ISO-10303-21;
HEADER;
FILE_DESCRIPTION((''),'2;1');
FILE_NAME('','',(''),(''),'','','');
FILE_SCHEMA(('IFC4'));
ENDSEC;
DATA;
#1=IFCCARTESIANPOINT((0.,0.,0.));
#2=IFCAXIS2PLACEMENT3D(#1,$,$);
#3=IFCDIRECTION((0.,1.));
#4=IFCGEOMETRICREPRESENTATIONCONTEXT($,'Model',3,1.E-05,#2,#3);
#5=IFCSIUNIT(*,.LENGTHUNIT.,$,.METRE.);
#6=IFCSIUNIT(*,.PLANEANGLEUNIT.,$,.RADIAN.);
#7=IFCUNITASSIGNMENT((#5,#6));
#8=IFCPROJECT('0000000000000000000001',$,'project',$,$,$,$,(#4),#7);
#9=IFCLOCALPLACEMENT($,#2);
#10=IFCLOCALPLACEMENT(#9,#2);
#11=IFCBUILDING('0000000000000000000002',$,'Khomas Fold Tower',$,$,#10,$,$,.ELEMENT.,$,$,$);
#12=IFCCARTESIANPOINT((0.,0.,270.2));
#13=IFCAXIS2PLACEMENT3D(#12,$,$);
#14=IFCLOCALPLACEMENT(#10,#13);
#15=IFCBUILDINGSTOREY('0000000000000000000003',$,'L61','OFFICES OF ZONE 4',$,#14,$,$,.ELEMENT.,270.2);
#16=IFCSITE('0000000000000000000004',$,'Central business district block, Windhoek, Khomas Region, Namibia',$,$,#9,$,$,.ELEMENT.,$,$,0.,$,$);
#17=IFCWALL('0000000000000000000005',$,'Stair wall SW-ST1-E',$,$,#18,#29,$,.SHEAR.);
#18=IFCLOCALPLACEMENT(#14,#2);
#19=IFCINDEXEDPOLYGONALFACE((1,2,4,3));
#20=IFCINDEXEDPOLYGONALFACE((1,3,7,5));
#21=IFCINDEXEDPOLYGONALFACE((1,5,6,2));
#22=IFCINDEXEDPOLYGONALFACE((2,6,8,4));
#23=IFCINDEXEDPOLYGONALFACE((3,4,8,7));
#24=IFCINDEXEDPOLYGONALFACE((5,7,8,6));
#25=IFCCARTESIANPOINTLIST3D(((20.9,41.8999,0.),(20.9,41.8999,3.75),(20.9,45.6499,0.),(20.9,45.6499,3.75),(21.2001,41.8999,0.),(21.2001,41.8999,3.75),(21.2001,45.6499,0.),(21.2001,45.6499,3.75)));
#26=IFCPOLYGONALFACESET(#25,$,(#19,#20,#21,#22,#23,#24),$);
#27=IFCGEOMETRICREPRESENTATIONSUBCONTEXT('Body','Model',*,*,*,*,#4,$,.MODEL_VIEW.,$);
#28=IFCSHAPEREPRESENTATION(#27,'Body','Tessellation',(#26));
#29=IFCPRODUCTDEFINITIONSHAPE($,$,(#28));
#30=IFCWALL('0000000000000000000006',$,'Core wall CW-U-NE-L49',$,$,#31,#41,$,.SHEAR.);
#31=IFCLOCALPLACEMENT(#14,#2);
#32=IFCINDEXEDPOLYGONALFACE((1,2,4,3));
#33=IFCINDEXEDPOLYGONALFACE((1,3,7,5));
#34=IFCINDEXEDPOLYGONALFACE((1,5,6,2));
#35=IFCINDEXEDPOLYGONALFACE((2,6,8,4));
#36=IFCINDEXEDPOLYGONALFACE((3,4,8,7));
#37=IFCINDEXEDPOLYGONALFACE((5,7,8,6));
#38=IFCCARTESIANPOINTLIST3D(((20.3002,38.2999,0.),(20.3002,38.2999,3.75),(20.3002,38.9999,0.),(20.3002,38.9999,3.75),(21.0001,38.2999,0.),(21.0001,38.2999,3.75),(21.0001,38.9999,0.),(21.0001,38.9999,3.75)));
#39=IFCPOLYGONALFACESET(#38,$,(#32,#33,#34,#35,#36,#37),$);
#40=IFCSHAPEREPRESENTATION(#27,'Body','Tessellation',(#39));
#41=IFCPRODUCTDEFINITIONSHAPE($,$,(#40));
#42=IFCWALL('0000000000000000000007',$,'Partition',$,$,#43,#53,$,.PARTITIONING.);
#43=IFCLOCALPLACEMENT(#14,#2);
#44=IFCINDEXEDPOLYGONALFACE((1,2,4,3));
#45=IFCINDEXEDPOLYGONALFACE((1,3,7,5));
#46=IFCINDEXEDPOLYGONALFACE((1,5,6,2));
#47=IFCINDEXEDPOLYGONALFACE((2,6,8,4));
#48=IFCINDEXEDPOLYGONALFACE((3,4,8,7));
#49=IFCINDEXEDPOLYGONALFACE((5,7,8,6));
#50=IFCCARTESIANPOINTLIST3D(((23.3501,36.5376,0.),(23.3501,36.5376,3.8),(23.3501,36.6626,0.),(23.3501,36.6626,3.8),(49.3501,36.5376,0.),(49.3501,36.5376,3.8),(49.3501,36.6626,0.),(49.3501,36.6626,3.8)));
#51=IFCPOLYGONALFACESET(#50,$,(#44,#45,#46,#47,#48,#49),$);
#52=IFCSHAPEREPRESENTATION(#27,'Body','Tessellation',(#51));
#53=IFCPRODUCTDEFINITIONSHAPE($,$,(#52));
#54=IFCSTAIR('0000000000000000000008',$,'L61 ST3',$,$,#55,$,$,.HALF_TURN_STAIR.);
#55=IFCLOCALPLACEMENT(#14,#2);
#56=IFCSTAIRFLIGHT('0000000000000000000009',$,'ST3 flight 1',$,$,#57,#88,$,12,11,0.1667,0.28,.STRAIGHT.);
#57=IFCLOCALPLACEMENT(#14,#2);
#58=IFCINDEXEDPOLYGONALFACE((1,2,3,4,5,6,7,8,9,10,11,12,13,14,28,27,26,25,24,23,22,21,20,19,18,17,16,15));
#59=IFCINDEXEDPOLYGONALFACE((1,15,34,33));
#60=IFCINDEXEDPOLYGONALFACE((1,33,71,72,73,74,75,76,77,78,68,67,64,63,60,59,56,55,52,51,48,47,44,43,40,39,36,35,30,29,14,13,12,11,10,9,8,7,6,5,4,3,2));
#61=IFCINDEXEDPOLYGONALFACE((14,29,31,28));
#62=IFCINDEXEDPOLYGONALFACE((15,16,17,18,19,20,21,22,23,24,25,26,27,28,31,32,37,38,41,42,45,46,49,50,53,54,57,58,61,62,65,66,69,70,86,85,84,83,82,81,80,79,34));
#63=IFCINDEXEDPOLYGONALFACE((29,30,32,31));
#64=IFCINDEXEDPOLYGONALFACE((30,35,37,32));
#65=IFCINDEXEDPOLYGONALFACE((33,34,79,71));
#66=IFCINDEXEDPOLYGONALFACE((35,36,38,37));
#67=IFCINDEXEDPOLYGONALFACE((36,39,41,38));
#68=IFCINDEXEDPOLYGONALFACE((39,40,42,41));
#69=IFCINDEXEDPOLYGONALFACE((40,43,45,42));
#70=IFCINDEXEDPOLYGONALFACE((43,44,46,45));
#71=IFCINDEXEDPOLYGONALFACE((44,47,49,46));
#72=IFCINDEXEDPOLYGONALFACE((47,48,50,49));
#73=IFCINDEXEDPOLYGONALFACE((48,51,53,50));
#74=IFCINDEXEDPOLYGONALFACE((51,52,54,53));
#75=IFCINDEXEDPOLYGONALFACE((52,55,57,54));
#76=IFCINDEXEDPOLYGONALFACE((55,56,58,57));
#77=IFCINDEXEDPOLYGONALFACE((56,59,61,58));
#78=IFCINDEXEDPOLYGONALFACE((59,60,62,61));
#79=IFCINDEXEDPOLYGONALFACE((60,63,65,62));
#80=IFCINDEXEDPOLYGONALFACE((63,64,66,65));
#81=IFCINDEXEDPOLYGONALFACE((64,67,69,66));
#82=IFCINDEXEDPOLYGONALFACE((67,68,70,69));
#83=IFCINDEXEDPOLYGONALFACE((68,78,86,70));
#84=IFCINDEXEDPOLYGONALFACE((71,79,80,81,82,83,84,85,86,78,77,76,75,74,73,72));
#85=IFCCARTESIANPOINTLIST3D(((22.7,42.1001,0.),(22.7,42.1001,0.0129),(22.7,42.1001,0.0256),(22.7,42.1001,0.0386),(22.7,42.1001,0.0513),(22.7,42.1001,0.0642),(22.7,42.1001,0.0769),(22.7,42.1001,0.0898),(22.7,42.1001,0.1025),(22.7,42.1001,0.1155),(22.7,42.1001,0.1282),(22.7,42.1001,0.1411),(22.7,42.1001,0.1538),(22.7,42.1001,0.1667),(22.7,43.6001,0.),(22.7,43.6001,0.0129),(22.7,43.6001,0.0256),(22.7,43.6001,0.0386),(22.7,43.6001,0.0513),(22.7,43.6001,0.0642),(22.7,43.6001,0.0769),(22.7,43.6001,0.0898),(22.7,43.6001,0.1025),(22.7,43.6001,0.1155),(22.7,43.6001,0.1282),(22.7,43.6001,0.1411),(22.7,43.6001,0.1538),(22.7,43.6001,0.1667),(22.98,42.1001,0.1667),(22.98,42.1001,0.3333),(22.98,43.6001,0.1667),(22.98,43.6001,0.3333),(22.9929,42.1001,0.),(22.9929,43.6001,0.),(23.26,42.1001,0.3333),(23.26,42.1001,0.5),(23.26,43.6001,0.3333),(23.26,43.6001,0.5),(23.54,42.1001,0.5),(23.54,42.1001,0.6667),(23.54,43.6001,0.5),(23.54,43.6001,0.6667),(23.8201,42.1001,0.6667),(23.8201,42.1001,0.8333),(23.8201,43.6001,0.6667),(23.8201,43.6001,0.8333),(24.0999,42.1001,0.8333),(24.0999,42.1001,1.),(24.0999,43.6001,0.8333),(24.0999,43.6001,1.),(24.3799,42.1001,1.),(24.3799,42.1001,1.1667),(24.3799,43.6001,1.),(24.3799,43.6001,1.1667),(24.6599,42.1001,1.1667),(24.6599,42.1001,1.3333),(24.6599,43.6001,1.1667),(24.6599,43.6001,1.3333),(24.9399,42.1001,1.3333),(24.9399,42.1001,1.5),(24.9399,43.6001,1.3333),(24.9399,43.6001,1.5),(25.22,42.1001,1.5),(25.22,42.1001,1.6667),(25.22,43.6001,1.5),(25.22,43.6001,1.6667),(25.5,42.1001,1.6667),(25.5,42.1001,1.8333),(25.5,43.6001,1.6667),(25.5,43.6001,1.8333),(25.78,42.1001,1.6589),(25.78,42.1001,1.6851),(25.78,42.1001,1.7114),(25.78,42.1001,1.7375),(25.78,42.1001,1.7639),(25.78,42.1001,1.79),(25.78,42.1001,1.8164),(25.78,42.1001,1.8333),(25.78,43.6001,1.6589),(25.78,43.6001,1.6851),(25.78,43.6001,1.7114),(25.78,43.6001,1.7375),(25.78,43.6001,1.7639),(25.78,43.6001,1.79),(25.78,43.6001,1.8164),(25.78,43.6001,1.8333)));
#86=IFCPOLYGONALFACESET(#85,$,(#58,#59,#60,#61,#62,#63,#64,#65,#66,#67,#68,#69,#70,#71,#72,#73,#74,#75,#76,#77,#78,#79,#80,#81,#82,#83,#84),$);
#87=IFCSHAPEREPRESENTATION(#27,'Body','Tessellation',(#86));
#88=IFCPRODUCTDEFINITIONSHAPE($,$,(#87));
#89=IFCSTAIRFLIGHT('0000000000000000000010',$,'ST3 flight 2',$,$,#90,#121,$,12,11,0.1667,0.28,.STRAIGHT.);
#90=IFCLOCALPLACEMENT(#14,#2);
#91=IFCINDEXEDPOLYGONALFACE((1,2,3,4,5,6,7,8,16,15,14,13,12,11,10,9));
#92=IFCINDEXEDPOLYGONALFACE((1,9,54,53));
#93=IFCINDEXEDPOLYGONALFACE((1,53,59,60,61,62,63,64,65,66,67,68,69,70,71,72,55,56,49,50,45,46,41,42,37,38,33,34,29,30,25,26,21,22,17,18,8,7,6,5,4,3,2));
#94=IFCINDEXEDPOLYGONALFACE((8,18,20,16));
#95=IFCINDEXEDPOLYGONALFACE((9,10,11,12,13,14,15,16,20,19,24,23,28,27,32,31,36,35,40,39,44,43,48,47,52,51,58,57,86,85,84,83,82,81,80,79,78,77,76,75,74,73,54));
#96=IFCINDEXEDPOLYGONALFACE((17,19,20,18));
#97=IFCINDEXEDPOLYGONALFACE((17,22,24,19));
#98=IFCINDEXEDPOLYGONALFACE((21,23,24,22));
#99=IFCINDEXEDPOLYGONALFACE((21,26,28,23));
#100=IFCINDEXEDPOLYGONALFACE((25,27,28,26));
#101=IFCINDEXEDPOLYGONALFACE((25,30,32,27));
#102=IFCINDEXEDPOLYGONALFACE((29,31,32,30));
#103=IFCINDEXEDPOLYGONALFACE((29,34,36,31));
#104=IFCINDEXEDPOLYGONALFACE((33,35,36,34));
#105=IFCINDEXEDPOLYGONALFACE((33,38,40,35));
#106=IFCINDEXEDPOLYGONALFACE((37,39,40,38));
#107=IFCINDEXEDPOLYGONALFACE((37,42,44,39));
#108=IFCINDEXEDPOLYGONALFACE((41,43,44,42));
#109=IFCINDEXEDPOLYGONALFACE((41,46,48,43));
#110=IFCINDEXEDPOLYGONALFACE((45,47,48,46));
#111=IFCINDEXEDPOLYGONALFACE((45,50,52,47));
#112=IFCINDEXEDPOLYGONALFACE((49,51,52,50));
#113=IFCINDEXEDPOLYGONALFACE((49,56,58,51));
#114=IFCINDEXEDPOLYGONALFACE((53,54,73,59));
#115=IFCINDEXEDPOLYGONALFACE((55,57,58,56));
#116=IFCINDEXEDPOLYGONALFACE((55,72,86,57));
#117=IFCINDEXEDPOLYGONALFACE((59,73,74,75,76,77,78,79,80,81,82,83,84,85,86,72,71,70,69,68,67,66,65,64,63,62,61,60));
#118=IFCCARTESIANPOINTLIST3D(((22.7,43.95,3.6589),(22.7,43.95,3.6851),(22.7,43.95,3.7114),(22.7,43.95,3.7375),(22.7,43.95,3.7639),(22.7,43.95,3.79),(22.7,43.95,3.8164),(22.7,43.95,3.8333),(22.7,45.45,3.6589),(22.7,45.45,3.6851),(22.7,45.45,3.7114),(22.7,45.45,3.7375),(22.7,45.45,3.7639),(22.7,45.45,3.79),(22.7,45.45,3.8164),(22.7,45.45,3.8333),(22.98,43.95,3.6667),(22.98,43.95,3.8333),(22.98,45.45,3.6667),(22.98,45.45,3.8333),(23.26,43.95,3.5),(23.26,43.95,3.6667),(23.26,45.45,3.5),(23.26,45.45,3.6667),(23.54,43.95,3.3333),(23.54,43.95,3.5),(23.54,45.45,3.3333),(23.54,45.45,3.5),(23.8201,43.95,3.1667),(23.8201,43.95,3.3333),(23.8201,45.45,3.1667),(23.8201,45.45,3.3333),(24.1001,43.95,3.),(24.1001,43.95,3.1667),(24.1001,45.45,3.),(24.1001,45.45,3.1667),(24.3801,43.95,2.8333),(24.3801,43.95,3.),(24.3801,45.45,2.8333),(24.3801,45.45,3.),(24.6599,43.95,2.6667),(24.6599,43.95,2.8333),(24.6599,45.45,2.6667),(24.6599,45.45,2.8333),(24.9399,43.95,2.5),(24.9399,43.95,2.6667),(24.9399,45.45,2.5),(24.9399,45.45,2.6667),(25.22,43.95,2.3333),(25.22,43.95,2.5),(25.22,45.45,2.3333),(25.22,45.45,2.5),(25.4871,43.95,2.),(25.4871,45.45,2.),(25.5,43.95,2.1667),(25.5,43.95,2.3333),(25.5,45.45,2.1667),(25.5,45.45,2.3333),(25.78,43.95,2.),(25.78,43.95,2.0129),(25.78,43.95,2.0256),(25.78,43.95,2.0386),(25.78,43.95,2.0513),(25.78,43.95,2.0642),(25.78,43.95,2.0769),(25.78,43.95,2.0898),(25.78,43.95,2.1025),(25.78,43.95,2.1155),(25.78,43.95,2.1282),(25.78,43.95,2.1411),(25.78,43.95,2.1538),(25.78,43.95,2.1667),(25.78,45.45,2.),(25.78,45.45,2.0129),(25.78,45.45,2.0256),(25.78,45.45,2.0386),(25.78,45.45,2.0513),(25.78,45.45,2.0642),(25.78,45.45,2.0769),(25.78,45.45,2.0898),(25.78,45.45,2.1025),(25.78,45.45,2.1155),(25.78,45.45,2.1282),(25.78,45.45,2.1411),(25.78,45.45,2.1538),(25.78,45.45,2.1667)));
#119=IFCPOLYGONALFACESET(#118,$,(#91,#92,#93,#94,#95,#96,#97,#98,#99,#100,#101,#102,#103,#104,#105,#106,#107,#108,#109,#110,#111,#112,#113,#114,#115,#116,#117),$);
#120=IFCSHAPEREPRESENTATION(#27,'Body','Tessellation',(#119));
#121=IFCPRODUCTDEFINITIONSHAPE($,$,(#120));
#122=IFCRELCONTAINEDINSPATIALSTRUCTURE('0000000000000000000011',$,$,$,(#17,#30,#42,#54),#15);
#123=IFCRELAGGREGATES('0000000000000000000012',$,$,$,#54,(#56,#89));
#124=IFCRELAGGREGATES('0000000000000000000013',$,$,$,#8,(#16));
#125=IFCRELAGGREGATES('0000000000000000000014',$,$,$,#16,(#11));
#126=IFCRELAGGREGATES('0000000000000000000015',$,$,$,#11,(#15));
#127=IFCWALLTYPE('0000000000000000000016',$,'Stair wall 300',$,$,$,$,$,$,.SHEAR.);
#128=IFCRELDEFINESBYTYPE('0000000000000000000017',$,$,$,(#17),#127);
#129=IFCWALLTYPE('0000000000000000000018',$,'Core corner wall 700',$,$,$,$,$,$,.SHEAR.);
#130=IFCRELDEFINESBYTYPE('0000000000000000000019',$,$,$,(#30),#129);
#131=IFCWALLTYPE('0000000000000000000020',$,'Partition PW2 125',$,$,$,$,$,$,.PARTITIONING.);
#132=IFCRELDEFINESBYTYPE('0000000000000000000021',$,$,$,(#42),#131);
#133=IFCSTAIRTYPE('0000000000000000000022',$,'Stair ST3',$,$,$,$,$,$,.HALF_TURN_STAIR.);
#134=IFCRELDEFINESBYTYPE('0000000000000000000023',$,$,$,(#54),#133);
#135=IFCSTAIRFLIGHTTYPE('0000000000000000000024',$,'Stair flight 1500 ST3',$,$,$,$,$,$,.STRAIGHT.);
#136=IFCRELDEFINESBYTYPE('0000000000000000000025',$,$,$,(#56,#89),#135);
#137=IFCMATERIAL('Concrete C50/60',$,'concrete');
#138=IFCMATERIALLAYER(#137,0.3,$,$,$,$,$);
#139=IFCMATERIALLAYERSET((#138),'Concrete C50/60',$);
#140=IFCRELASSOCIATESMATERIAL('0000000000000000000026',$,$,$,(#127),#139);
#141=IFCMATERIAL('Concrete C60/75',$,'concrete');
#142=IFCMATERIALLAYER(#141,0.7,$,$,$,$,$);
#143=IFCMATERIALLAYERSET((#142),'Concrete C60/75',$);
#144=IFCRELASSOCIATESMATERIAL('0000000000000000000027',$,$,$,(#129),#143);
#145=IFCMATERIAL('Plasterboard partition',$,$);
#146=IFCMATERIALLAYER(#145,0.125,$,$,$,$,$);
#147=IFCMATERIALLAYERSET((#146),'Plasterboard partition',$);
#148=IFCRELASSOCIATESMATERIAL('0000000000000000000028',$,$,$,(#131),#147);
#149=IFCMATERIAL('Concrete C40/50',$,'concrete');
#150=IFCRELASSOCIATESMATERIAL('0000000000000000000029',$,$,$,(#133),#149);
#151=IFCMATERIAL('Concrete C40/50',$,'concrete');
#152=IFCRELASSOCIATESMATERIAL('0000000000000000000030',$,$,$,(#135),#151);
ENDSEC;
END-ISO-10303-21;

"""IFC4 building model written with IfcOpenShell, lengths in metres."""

from ifc_helpers import new_model, si_unit, direction, frame, frame_2d, origin, place, context, subcontext, project, spatial, polyline, rectangle, outline, extrude, source, transform, mapped, material, layer, layer_set, type_object, element, aggregate, save


model = new_model("IFC4")

# Units and contexts
model_context = context("Model", 3, precision=1e-05, world=origin(), true_north=direction((0.0, 1.0)))
body_context = subcontext(model_context, "Body", "Model", "MODEL_VIEW")
ifc_project = project(units=[si_unit("LENGTHUNIT", "METRE"), si_unit("PLANEANGLEUNIT", "RADIAN")], contexts=[model_context])

# Site, building, storey
site_placement = place(None, origin())
site = spatial("IfcSite", under=ifc_project, at=site_placement, Name="Central business district block, Windhoek, Khomas Region, Namibia", CompositionType="ELEMENT", RefElevation=0.0)
building_placement = place(site_placement, origin())
building = spatial("IfcBuilding", under=site, at=building_placement, Name="Khomas Fold Tower", CompositionType="ELEMENT")
storey_placement = place(building_placement, frame((0.0, 0.0, 270.2)))
storey = spatial("IfcBuildingStorey", under=building, at=storey_placement, Name="L61", Description="OFFICES OF ZONE 4", CompositionType="ELEMENT", Elevation=270.2)

# Walls
ifc_material_1 = material(Name="Concrete C50/60", Category="concrete")
ifc_layer_1 = layer(ifc_material_1, 0.3)
ifc_layer_set_1 = layer_set([ifc_layer_1], Name="Concrete C50/60")
wall_type_1 = type_object("IfcWallType", Name="Stair wall 300", PredefinedType="SHEAR", material=ifc_layer_set_1)
shared_shape_1 = source(origin(), body_context, "Body", "SweptSolid", [
    extrude(rectangle(XDim=3.75, YDim=0.3, at=frame_2d((1.875, 0.0))), origin(), (0.0, 0.0, 1.0), 3.75),
])
wall_1_placement = place(storey_placement, frame((21.05, 41.8999, 0.0), z_axis=(0.0, 0.0, 1.0), x_axis=(0.0, 1.0, 0.0)))
element("IfcWall", 1, at=wall_1_placement, inside=storey, type_object=wall_type_1, Name="Stair wall SW-ST1-E", PredefinedType="SHEAR", context=body_context, shape_type="MappedRepresentation", body=[
    mapped(shared_shape_1, transform((0.0, 0.0, 0.0))),
])
ifc_material_2 = material(Name="Concrete C60/75", Category="concrete")
ifc_layer_2 = layer(ifc_material_2, 0.7)
ifc_layer_set_2 = layer_set([ifc_layer_2], Name="Concrete C60/75")
wall_type_2 = type_object("IfcWallType", Name="Core corner wall 700", PredefinedType="SHEAR", material=ifc_layer_set_2)
shared_shape_2 = source(origin(), body_context, "Body", "SweptSolid", [
    extrude(rectangle(XDim=0.7, YDim=0.7, at=frame_2d((0.3501, 0.0))), origin(), (0.0, 0.0, 1.0), 3.75),
])
wall_2_placement = place(storey_placement, frame((20.3, 38.6499, 0.0), z_axis=(0.0, 0.0, 1.0), x_axis=(1.0, 0.0, 0.0)))
element("IfcWall", 2, at=wall_2_placement, inside=storey, type_object=wall_type_2, Name="Core wall CW-U-NE-L49", PredefinedType="SHEAR", context=body_context, shape_type="MappedRepresentation", body=[
    mapped(shared_shape_2, transform((0.0, 0.0, 0.0))),
])
ifc_material_3 = material(Name="Plasterboard partition")
ifc_layer_3 = layer(ifc_material_3, 0.125)
ifc_layer_set_3 = layer_set([ifc_layer_3], Name="Plasterboard partition")
wall_type_3 = type_object("IfcWallType", Name="Partition PW2 125", PredefinedType="PARTITIONING", material=ifc_layer_set_3)
shared_shape_3 = source(origin(), body_context, "Body", "SweptSolid", [
    extrude(rectangle(XDim=26.0, YDim=0.125, at=frame_2d((13.0, 0.0))), origin(), (0.0, 0.0, 1.0), 3.8),
])
wall_3_placement = place(storey_placement, frame((23.3501, 36.6001, 0.0), z_axis=(0.0, 0.0, 1.0), x_axis=(1.0, 0.0, 0.0)))
element("IfcWall", 3, at=wall_3_placement, inside=storey, type_object=wall_type_3, Name="Partition", PredefinedType="PARTITIONING", context=body_context, shape_type="MappedRepresentation", body=[
    mapped(shared_shape_3, transform((0.0, 0.0, 0.0))),
])

# Stair, stair flights
ifc_material_4 = material(Name="Concrete C40/50", Category="concrete")
stair_type = type_object("IfcStairType", Name="Stair ST3", PredefinedType="HALF_TURN_STAIR", material=ifc_material_4)
stair_placement = place(storey_placement, origin())
stair = element("IfcStair", 4, at=stair_placement, inside=storey, type_object=stair_type, Name="L61 ST3", PredefinedType="HALF_TURN_STAIR")
ifc_material_5 = material(Name="Concrete C40/50", Category="concrete")
stair_flight_type = type_object("IfcStairFlightType", Name="Stair flight 1500 ST3", PredefinedType="STRAIGHT", material=ifc_material_5)
shared_shape_4 = source(origin(), body_context, "Body", "SweptSolid", [
    extrude(outline(polyline([(0.0, 0.0), (0.0, 0.0129), (0.0, 0.0256), (0.0, 0.0386), (0.0, 0.0513), (0.0, 0.0642), (0.0, 0.0769), (0.0, 0.0898), (0.0, 0.1025), (0.0, 0.1155), (0.0, 0.1282), (0.0, 0.1411), (0.0, 0.1538), (0.0, 0.1667), (0.28, 0.1667), (0.28, 0.3333), (0.5601, 0.3333), (0.5601, 0.5), (0.8401, 0.5), (0.8401, 0.6667), (1.1201, 0.6667), (1.1201, 0.8333), (1.3999, 0.8333), (1.3999, 1.0), (1.6799, 1.0), (1.6799, 1.1667), (1.96, 1.1667), (1.96, 1.3333), (2.24, 1.3333), (2.24, 1.5), (2.52, 1.5), (2.52, 1.6667), (2.8, 1.6667), (2.8, 1.8333), (3.0801, 1.8333), (3.0801, 2.0), (3.0801, 1.9739), (3.0801, 1.9475), (3.0801, 1.9214), (3.0801, 1.895), (3.0801, 1.8689), (3.0801, 1.8425), (3.0801, 1.8164), (3.0801, 1.79), (3.0801, 1.7639), (3.0801, 1.7375), (3.0801, 1.7114), (3.0801, 1.6851), (3.0801, 1.6589), (0.293, 0.0), (0.0, 0.0)])), frame((0.0, 0.75, 0.0), z_axis=(0.0, -1.0, 0.0), x_axis=(1.0, 0.0, 0.0)), (0.0, 0.0, 1.0), 1.5),
])
stair_flight_1_placement = place(storey_placement, frame((22.7, 42.8501, 0.0), z_axis=(0.0, 0.0, 1.0), x_axis=(1.0, 0.0, 0.0)))
stair_flight_1 = element("IfcStairFlight", 5, at=stair_flight_1_placement, type_object=stair_flight_type, Name="ST3 flight 1", NumberOfRisers=12, NumberOfTreads=11, PredefinedType="STRAIGHT", RiserHeight=0.1667, TreadLength=0.28, context=body_context, shape_type="MappedRepresentation", body=[
    mapped(shared_shape_4, transform((0.0, 0.0, 0.0))),
])
stair_flight_2_placement = place(storey_placement, frame((25.78, 44.7, 2.0), z_axis=(0.0, 0.0, 1.0), x_axis=(-1.0, 0.0, 0.0)))
stair_flight_2 = element("IfcStairFlight", 6, at=stair_flight_2_placement, type_object=stair_flight_type, Name="ST3 flight 2", NumberOfRisers=12, NumberOfTreads=11, PredefinedType="STRAIGHT", RiserHeight=0.1667, TreadLength=0.28, context=body_context, shape_type="MappedRepresentation", body=[
    mapped(shared_shape_4, transform((0.0, 0.0, 0.0))),
])
aggregate(stair, [stair_flight_1, stair_flight_2])

save(model, "model.ifc")
